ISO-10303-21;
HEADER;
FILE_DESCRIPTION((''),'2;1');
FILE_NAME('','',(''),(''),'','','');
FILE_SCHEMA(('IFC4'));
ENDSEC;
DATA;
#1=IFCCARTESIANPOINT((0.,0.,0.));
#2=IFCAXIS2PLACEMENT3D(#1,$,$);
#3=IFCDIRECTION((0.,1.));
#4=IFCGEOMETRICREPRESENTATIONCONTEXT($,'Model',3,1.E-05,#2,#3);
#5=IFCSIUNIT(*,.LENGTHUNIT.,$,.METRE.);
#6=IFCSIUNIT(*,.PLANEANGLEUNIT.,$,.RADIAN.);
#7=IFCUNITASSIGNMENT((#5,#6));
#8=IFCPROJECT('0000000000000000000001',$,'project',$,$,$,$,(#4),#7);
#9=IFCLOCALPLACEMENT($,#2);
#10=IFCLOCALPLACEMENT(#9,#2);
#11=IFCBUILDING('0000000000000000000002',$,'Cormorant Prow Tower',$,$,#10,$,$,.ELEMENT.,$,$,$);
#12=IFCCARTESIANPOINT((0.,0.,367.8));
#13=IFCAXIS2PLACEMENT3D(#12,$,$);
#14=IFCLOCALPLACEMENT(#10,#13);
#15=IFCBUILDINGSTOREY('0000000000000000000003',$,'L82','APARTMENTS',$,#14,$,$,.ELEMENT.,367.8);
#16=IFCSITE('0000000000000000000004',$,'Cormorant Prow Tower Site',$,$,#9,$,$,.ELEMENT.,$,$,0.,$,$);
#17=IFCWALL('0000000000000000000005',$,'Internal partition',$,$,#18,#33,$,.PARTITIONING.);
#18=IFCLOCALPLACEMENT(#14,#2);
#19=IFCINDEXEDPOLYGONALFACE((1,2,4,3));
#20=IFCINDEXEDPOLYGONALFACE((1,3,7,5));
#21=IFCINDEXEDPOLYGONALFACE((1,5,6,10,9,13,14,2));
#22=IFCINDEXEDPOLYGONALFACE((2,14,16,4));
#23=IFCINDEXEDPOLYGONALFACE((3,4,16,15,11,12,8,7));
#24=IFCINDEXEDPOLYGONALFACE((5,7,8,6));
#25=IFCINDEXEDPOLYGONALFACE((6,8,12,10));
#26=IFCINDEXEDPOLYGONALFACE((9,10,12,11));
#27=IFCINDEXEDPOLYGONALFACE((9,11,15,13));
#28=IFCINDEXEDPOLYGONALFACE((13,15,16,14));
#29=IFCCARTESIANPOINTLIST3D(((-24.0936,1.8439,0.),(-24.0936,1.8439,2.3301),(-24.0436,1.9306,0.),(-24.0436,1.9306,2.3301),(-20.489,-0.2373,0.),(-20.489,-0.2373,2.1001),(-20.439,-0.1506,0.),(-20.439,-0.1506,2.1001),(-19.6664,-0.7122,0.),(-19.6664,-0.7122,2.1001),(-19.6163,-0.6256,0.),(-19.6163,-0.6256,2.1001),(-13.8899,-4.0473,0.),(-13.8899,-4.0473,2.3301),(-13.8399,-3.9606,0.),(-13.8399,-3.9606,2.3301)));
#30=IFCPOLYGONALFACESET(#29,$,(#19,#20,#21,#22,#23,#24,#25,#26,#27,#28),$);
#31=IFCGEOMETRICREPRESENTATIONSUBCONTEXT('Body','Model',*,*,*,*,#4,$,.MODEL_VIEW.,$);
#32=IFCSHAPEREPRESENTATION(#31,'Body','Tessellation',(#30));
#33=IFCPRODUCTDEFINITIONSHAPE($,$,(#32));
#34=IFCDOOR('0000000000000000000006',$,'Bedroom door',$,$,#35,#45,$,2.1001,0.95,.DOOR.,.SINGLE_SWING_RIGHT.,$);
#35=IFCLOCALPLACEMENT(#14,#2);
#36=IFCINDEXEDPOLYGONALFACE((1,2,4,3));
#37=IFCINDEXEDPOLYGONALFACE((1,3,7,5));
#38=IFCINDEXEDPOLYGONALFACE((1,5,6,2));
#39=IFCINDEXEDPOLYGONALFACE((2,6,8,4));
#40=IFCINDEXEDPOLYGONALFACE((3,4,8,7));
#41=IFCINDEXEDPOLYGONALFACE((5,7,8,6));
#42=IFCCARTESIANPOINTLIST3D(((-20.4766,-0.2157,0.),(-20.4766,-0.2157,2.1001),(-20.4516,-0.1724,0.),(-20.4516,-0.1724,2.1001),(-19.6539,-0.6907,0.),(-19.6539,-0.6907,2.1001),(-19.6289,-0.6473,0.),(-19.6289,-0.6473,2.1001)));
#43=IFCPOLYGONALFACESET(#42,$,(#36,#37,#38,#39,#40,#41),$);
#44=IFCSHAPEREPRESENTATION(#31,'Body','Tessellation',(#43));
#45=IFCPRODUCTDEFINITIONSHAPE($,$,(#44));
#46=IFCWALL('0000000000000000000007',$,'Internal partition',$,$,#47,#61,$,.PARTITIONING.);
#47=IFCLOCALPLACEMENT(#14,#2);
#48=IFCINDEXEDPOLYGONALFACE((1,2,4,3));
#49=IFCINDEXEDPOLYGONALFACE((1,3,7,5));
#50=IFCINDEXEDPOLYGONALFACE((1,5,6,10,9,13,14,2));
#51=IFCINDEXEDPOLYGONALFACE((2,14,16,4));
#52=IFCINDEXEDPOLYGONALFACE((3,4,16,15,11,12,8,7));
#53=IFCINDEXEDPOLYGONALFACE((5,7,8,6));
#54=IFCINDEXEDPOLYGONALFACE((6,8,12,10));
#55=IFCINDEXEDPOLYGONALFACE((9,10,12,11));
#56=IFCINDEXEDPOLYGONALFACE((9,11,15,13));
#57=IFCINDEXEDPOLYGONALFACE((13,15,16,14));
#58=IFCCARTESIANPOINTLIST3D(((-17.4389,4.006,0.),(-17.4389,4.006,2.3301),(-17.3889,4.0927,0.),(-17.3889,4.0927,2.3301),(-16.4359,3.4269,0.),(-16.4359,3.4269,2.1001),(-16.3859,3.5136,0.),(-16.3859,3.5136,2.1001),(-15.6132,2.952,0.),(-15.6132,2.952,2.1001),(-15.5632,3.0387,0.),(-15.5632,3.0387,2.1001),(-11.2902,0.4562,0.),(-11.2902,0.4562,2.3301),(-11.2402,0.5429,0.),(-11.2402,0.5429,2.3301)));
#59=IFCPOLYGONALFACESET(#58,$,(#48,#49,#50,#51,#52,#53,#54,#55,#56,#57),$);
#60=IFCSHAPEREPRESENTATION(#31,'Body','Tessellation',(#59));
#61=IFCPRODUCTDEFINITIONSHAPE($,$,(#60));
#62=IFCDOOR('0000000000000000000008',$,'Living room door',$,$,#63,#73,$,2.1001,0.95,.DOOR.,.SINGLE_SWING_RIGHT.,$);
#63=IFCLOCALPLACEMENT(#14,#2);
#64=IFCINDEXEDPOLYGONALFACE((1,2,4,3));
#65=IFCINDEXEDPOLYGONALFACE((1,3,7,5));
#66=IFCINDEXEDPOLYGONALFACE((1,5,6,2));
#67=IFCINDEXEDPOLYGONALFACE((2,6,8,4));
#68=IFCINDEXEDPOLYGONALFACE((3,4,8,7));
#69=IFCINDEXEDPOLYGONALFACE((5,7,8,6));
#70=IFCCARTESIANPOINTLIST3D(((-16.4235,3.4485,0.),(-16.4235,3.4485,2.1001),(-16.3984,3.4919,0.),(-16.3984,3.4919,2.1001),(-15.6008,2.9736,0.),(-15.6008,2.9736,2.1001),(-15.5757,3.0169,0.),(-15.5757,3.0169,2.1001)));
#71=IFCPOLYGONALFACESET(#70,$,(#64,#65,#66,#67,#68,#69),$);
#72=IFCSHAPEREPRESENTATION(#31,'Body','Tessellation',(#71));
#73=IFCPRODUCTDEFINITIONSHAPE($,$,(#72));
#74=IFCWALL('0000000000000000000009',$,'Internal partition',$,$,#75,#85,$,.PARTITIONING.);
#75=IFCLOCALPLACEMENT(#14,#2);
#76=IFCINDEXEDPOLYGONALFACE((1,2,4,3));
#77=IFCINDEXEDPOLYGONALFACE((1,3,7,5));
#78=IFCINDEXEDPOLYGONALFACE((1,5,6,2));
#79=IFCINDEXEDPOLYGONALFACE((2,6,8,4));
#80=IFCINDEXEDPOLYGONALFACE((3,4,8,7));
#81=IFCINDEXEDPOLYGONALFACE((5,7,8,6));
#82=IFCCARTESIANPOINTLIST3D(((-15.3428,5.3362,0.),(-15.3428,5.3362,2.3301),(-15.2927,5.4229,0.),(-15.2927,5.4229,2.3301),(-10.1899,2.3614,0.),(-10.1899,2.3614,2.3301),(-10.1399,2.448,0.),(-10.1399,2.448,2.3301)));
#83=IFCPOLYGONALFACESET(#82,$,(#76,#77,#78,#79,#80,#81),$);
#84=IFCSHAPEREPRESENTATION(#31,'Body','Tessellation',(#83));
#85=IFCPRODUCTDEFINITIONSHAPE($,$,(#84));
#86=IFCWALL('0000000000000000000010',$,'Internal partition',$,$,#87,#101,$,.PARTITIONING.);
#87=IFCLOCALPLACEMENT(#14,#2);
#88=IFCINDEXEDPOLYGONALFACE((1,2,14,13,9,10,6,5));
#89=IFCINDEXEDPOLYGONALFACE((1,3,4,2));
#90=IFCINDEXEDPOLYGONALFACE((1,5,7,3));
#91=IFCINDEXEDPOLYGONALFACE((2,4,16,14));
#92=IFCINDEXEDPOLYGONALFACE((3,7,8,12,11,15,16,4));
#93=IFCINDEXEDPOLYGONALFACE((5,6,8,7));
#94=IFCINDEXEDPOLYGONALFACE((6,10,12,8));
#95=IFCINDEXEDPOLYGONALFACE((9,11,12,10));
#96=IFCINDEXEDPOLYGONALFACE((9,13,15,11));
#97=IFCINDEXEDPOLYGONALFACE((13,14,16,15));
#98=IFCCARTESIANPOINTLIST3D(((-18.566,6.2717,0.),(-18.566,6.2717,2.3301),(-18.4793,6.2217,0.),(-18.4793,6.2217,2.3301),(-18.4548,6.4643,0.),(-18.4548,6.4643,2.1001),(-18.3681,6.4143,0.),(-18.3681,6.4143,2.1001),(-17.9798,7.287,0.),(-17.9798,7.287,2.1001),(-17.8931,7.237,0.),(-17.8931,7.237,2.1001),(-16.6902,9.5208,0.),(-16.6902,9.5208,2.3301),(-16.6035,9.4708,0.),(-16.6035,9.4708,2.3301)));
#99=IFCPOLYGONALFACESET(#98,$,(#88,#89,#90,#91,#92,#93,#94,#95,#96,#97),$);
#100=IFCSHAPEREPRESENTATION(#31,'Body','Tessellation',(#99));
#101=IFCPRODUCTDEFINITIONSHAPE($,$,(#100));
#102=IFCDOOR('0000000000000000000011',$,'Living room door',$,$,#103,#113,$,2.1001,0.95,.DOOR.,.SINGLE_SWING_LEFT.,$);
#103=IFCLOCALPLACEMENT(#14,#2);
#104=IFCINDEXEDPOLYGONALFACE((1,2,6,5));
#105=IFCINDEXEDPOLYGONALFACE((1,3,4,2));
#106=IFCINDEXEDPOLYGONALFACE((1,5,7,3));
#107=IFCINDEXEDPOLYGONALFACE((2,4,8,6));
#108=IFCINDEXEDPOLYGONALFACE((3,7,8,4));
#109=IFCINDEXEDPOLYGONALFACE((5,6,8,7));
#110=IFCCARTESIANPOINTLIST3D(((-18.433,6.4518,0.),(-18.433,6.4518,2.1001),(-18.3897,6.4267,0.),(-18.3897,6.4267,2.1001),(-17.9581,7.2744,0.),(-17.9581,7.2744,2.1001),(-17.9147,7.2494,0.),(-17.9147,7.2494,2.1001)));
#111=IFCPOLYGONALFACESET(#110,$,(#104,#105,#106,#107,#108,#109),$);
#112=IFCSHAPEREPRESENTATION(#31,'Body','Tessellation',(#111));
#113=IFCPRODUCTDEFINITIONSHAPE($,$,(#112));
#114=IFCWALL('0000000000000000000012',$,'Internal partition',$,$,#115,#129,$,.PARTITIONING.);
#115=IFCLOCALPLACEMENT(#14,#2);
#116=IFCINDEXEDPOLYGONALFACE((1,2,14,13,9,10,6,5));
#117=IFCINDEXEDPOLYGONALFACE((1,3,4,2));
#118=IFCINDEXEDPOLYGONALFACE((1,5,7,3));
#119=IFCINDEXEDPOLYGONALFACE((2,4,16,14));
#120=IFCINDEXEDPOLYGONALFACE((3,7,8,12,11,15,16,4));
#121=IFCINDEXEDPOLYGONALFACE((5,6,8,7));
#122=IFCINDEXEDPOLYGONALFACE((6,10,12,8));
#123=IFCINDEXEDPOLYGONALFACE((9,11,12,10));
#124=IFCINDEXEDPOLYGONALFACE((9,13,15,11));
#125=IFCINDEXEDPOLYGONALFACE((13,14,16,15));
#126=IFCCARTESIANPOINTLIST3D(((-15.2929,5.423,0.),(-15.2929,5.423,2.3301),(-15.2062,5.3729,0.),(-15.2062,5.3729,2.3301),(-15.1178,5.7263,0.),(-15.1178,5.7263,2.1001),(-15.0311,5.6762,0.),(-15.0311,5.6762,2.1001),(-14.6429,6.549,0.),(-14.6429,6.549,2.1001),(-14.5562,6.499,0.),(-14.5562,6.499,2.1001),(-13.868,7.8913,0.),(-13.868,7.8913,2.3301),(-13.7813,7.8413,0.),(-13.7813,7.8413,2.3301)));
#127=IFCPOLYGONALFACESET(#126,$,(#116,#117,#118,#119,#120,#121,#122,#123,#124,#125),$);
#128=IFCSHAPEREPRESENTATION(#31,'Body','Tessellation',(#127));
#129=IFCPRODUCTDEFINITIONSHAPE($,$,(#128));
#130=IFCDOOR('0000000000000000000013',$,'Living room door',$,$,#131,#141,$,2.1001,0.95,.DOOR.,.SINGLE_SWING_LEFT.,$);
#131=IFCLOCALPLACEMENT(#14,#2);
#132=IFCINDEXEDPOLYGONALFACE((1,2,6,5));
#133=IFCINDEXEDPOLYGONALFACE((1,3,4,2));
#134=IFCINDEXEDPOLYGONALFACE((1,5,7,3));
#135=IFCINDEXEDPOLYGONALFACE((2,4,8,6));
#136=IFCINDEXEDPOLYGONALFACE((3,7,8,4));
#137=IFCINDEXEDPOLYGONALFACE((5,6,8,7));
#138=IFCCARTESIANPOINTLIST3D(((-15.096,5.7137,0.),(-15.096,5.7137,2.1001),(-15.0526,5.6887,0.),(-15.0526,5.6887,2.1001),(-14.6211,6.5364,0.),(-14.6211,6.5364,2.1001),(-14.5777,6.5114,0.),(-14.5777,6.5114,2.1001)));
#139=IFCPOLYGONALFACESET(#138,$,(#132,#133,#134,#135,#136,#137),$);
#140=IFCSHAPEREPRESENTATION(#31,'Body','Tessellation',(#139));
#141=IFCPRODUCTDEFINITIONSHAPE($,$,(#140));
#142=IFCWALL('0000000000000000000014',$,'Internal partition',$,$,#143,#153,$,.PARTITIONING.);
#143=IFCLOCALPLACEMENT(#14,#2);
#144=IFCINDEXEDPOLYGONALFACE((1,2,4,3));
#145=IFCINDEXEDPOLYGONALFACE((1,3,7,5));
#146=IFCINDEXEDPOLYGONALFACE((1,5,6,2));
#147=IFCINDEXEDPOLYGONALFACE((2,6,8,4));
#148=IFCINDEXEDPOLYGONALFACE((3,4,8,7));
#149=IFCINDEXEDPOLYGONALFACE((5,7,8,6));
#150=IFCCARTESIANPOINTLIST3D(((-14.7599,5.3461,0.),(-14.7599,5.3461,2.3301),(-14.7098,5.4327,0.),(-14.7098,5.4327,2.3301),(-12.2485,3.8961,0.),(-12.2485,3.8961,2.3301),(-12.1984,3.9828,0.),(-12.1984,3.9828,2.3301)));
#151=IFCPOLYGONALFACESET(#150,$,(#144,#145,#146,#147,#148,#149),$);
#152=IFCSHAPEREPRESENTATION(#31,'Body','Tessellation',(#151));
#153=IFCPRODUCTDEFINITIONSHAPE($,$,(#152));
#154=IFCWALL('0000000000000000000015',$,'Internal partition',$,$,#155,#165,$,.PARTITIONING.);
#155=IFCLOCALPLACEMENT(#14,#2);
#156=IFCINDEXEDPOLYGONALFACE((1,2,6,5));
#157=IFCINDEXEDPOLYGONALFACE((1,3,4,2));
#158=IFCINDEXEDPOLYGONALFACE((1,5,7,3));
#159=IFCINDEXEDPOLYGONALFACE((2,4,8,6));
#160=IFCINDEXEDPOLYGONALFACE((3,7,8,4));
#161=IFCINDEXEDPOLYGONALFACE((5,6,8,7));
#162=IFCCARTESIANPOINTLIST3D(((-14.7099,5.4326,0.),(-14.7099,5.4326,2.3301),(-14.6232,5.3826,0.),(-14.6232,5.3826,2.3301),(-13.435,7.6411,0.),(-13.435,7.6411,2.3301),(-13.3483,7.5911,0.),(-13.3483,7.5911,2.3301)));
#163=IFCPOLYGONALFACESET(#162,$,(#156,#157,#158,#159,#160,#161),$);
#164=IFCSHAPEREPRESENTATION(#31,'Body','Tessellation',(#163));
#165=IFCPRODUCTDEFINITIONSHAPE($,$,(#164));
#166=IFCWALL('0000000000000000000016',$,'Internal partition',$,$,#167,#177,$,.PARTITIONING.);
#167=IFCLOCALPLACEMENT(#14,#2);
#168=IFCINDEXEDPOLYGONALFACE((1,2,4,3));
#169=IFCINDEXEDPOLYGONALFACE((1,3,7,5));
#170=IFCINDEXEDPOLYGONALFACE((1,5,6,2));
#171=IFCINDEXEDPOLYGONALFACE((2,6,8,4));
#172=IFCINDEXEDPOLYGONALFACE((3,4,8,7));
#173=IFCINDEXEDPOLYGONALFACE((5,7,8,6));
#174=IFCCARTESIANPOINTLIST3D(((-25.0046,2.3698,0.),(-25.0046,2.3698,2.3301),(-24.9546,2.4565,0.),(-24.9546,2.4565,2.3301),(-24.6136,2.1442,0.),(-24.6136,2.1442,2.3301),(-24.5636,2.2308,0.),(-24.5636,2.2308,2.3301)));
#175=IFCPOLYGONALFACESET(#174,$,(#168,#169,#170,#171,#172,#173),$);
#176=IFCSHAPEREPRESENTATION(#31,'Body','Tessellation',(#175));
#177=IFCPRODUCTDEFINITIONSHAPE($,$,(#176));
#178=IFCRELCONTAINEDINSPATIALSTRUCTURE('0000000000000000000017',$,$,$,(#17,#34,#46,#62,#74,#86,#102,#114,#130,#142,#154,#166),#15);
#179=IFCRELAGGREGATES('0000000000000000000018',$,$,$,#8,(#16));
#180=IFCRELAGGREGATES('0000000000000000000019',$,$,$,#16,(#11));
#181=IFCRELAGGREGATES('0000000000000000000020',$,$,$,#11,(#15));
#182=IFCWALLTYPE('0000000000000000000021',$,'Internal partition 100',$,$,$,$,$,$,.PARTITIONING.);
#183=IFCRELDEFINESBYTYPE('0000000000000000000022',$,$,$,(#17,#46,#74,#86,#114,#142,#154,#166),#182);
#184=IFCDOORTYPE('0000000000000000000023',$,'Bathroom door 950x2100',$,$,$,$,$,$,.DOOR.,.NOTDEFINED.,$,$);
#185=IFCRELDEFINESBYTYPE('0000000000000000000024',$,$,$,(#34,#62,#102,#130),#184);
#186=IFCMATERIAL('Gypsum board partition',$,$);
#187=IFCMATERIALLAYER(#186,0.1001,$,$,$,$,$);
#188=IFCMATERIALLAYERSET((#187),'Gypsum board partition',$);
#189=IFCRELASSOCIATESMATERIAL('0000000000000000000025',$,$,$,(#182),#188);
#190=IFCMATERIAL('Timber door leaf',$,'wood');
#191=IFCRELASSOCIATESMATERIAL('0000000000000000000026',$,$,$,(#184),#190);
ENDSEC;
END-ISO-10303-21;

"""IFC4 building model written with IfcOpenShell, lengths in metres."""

from ifc_helpers import new_model, si_unit, direction, frame, frame_2d, origin, place, context, subcontext, project, spatial, rectangle, extrude, material, layer, layer_set, type_object, element, fill, save


model = new_model("IFC4")

# Units and contexts
model_context = context("Model", 3, precision=1e-05, world=origin(), true_north=direction((0.0, 1.0)))
body_context = subcontext(model_context, "Body", "Model", "MODEL_VIEW")
ifc_project = project(units=[si_unit("LENGTHUNIT", "METRE"), si_unit("PLANEANGLEUNIT", "RADIAN")], contexts=[model_context])

# Site, building, storey
site_placement = place(None, origin())
site = spatial("IfcSite", under=ifc_project, at=site_placement, Name="Cormorant Prow Tower Site", CompositionType="ELEMENT", RefElevation=0.0)
building_placement = place(site_placement, origin())
building = spatial("IfcBuilding", under=site, at=building_placement, Name="Cormorant Prow Tower", CompositionType="ELEMENT")
storey_placement = place(building_placement, frame((0.0, 0.0, 367.8)))
storey = spatial("IfcBuildingStorey", under=building, at=storey_placement, Name="L82", Description="APARTMENTS", CompositionType="ELEMENT", Elevation=367.8)

# Walls, openings, doors
ifc_material_1 = material(Name="Gypsum board partition")
ifc_layer_1 = layer(ifc_material_1, 0.1001)
ifc_layer_set_1 = layer_set([ifc_layer_1], Name="Gypsum board partition")
wall_type_1 = type_object("IfcWallType", Name="Internal partition 100", PredefinedType="PARTITIONING", material=ifc_layer_set_1)
wall_1_placement = place(storey_placement, frame((-24.0686, 1.8872, 0.0), z_axis=(0.0, 0.0, 1.0), x_axis=(0.866023, -0.500003, 0.0)))
wall_1 = element("IfcWall", 1, at=wall_1_placement, inside=storey, type_object=wall_type_1, Name="Internal partition", PredefinedType="PARTITIONING", context=body_context, shape_type="SweptSolid", body=[
    extrude(rectangle(XDim=11.7822, YDim=0.1001, at=frame_2d((5.8911, 0.0))), origin(), (0.0, 0.0, 1.0), 2.3301),
])
opening_1_placement = place(wall_1_placement, frame((4.1621, 0.0, 0.0)))
opening_1 = element("IfcOpeningElement", 2, at=opening_1_placement, cuts=wall_1, PredefinedType="OPENING", context=body_context, shape_type="SweptSolid", body=[
    extrude(rectangle(XDim=0.95, YDim=2.1001, at=frame_2d((0.4751, 1.05))), frame((0.0, 0.0601, 0.0), z_axis=(0.0, -1.0, 0.0), x_axis=(1.0, 0.0, 0.0)), (0.0, 0.0, 1.0), 0.1201),
])
ifc_material_2 = material(Name="Timber door leaf", Category="wood")
door_type_1 = type_object("IfcDoorType", Name="Bathroom door 950x2100", OperationType="NOTDEFINED", PredefinedType="DOOR", material=ifc_material_2)
door_1_placement = place(opening_1_placement, origin())
door_1 = element("IfcDoor", 3, at=door_1_placement, inside=storey, type_object=door_type_1, Name="Bedroom door", OperationType="SINGLE_SWING_RIGHT", OverallHeight=2.1001, OverallWidth=0.95, PredefinedType="DOOR", context=body_context, shape_type="SweptSolid", body=[
    extrude(rectangle(XDim=0.95, YDim=2.1001, at=frame_2d((0.4751, 1.05))), frame((0.0, 0.0249, 0.0), z_axis=(0.0, -1.0, 0.0), x_axis=(1.0, 0.0, 0.0)), (0.0, 0.0, 1.0), 0.05),
])
fill(opening_1, door_1)
wall_2_placement = place(storey_placement, frame((-17.4138, 4.0493, 0.0), z_axis=(0.0, 0.0, 1.0), x_axis=(0.866034, -0.499985, 0.0)))
wall_2 = element("IfcWall", 4, at=wall_2_placement, inside=storey, type_object=wall_type_1, Name="Internal partition", PredefinedType="PARTITIONING", context=body_context, shape_type="SweptSolid", body=[
    extrude(rectangle(XDim=7.0999, YDim=0.1001, at=frame_2d((3.5498, 0.0))), origin(), (0.0, 0.0, 1.0), 2.3301),
])
opening_2_placement = place(wall_2_placement, frame((1.158, 0.0, 0.0)))
opening_2 = element("IfcOpeningElement", 5, at=opening_2_placement, cuts=wall_2, PredefinedType="OPENING", context=body_context, shape_type="SweptSolid", body=[
    extrude(rectangle(XDim=0.95, YDim=2.1001, at=frame_2d((0.4751, 1.05))), frame((0.0, 0.0601, 0.0), z_axis=(0.0, -1.0, 0.0), x_axis=(1.0, 0.0, 0.0)), (0.0, 0.0, 1.0), 0.1201),
])
door_2_placement = place(opening_2_placement, origin())
door_2 = element("IfcDoor", 6, at=door_2_placement, inside=storey, type_object=door_type_1, Name="Living room door", OperationType="SINGLE_SWING_RIGHT", OverallHeight=2.1001, OverallWidth=0.95, PredefinedType="DOOR", context=body_context, shape_type="SweptSolid", body=[
    extrude(rectangle(XDim=0.95, YDim=2.1001, at=frame_2d((0.4751, 1.05))), frame((0.0, 0.0249, 0.0), z_axis=(0.0, -1.0, 0.0), x_axis=(1.0, 0.0, 0.0)), (0.0, 0.0, 1.0), 0.05),
])
fill(opening_2, door_2)

# Wall
wall_3_placement = place(storey_placement, frame((-15.3179, 5.3796, 0.0), z_axis=(0.0, 0.0, 1.0), x_axis=(0.866035, -0.499983, 0.0)))
element("IfcWall", 7, at=wall_3_placement, inside=storey, type_object=wall_type_1, Name="Internal partition", PredefinedType="PARTITIONING", context=body_context, shape_type="SweptSolid", body=[
    extrude(rectangle(XDim=5.95, YDim=0.1001, at=frame_2d((2.9751, 0.0))), origin(), (0.0, 0.0, 1.0), 2.3301),
])

# Walls, openings, doors
wall_4_placement = place(storey_placement, frame((-18.5227, 6.2466, 0.0), z_axis=(0.0, 0.0, 1.0), x_axis=(0.499982, 0.866036, 0.0)))
wall_4 = element("IfcWall", 8, at=wall_4_placement, inside=storey, type_object=wall_type_1, Name="Internal partition", PredefinedType="PARTITIONING", context=body_context, shape_type="SweptSolid", body=[
    extrude(rectangle(XDim=3.7517, YDim=0.1001, at=frame_2d((1.876, 0.0))), origin(), (0.0, 0.0, 1.0), 2.3301),
])
opening_3_placement = place(wall_4_placement, frame((0.2224, 0.0, 0.0)))
opening_3 = element("IfcOpeningElement", 9, at=opening_3_placement, cuts=wall_4, PredefinedType="OPENING", context=body_context, shape_type="SweptSolid", body=[
    extrude(rectangle(XDim=0.95, YDim=2.1001, at=frame_2d((0.4751, 1.05))), frame((0.0, 0.0601, 0.0), z_axis=(0.0, -1.0, 0.0), x_axis=(1.0, 0.0, 0.0)), (0.0, 0.0, 1.0), 0.1201),
])
door_3_placement = place(opening_3_placement, origin())
door_3 = element("IfcDoor", 10, at=door_3_placement, inside=storey, type_object=door_type_1, Name="Living room door", OperationType="SINGLE_SWING_LEFT", OverallHeight=2.1001, OverallWidth=0.95, PredefinedType="DOOR", context=body_context, shape_type="SweptSolid", body=[
    extrude(rectangle(XDim=0.95, YDim=2.1001, at=frame_2d((0.4751, 1.05))), frame((0.0, 0.0249, 0.0), z_axis=(0.0, -1.0, 0.0), x_axis=(1.0, 0.0, 0.0)), (0.0, 0.0, 1.0), 0.05),
])
fill(opening_3, door_3)
wall_5_placement = place(storey_placement, frame((-15.2495, 5.3979, 0.0), z_axis=(0.0, 0.0, 1.0), x_axis=(0.499935, 0.866063, 0.0)))
wall_5 = element("IfcWall", 11, at=wall_5_placement, inside=storey, type_object=wall_type_1, Name="Internal partition", PredefinedType="PARTITIONING", context=body_context, shape_type="SweptSolid", body=[
    extrude(rectangle(XDim=2.8501, YDim=0.1001, at=frame_2d((1.425, 0.0))), origin(), (0.0, 0.0, 1.0), 2.3301),
])
opening_4_placement = place(wall_5_placement, frame((0.3501, 0.0, 0.0)))
opening_4 = element("IfcOpeningElement", 12, at=opening_4_placement, cuts=wall_5, PredefinedType="OPENING", context=body_context, shape_type="SweptSolid", body=[
    extrude(rectangle(XDim=0.95, YDim=2.1001, at=frame_2d((0.4751, 1.05))), frame((0.0, 0.0601, 0.0), z_axis=(0.0, -1.0, 0.0), x_axis=(1.0, 0.0, 0.0)), (0.0, 0.0, 1.0), 0.1201),
])
door_4_placement = place(opening_4_placement, origin())
door_4 = element("IfcDoor", 13, at=door_4_placement, inside=storey, type_object=door_type_1, Name="Living room door", OperationType="SINGLE_SWING_LEFT", OverallHeight=2.1001, OverallWidth=0.95, PredefinedType="DOOR", context=body_context, shape_type="SweptSolid", body=[
    extrude(rectangle(XDim=0.95, YDim=2.1001, at=frame_2d((0.4751, 1.05))), frame((0.0, 0.0249, 0.0), z_axis=(0.0, -1.0, 0.0), x_axis=(1.0, 0.0, 0.0)), (0.0, 0.0, 1.0), 0.05),
])
fill(opening_4, door_4)

# Walls
wall_6_placement = place(storey_placement, frame((-14.7349, 5.3894, 0.0), z_axis=(0.0, 0.0, 1.0), x_axis=(0.866033, -0.499987, 0.0)))
element("IfcWall", 14, at=wall_6_placement, inside=storey, type_object=wall_type_1, Name="Internal partition", PredefinedType="PARTITIONING", context=body_context, shape_type="SweptSolid", body=[
    extrude(rectangle(XDim=2.8999, YDim=0.1001, at=frame_2d((1.45, 0.0))), origin(), (0.0, 0.0, 1.0), 2.3301),
])
wall_7_placement = place(storey_placement, frame((-14.6665, 5.4077, 0.0), z_axis=(0.0, 0.0, 1.0), x_axis=(0.499949, 0.866055, 0.0)))
element("IfcWall", 15, at=wall_7_placement, inside=storey, type_object=wall_type_1, Name="Internal partition", PredefinedType="PARTITIONING", context=body_context, shape_type="SweptSolid", body=[
    extrude(rectangle(XDim=2.55, YDim=0.1001, at=frame_2d((1.2749, 0.0))), origin(), (0.0, 0.0, 1.0), 2.3301),
])
for number, where, z_axis, x_axis, name in (
    (16, (-24.9795, 2.4131, 0.0), (0.0, 0.0, 1.0), (0.866105, -0.499863, 0.0), "Internal partition"),
):
    element("IfcWall", number, at=place(storey_placement, frame(where, z_axis=z_axis, x_axis=x_axis)), inside=storey, type_object=wall_type_1, Name=name, PredefinedType="PARTITIONING", context=body_context, shape_type="SweptSolid", body=[
        extrude(rectangle(XDim=0.4514, YDim=0.1001, at=frame_2d((0.2256, 0.0))), origin(), (0.0, 0.0, 1.0), 2.3301),
    ])

save(model, "model.ifc")
